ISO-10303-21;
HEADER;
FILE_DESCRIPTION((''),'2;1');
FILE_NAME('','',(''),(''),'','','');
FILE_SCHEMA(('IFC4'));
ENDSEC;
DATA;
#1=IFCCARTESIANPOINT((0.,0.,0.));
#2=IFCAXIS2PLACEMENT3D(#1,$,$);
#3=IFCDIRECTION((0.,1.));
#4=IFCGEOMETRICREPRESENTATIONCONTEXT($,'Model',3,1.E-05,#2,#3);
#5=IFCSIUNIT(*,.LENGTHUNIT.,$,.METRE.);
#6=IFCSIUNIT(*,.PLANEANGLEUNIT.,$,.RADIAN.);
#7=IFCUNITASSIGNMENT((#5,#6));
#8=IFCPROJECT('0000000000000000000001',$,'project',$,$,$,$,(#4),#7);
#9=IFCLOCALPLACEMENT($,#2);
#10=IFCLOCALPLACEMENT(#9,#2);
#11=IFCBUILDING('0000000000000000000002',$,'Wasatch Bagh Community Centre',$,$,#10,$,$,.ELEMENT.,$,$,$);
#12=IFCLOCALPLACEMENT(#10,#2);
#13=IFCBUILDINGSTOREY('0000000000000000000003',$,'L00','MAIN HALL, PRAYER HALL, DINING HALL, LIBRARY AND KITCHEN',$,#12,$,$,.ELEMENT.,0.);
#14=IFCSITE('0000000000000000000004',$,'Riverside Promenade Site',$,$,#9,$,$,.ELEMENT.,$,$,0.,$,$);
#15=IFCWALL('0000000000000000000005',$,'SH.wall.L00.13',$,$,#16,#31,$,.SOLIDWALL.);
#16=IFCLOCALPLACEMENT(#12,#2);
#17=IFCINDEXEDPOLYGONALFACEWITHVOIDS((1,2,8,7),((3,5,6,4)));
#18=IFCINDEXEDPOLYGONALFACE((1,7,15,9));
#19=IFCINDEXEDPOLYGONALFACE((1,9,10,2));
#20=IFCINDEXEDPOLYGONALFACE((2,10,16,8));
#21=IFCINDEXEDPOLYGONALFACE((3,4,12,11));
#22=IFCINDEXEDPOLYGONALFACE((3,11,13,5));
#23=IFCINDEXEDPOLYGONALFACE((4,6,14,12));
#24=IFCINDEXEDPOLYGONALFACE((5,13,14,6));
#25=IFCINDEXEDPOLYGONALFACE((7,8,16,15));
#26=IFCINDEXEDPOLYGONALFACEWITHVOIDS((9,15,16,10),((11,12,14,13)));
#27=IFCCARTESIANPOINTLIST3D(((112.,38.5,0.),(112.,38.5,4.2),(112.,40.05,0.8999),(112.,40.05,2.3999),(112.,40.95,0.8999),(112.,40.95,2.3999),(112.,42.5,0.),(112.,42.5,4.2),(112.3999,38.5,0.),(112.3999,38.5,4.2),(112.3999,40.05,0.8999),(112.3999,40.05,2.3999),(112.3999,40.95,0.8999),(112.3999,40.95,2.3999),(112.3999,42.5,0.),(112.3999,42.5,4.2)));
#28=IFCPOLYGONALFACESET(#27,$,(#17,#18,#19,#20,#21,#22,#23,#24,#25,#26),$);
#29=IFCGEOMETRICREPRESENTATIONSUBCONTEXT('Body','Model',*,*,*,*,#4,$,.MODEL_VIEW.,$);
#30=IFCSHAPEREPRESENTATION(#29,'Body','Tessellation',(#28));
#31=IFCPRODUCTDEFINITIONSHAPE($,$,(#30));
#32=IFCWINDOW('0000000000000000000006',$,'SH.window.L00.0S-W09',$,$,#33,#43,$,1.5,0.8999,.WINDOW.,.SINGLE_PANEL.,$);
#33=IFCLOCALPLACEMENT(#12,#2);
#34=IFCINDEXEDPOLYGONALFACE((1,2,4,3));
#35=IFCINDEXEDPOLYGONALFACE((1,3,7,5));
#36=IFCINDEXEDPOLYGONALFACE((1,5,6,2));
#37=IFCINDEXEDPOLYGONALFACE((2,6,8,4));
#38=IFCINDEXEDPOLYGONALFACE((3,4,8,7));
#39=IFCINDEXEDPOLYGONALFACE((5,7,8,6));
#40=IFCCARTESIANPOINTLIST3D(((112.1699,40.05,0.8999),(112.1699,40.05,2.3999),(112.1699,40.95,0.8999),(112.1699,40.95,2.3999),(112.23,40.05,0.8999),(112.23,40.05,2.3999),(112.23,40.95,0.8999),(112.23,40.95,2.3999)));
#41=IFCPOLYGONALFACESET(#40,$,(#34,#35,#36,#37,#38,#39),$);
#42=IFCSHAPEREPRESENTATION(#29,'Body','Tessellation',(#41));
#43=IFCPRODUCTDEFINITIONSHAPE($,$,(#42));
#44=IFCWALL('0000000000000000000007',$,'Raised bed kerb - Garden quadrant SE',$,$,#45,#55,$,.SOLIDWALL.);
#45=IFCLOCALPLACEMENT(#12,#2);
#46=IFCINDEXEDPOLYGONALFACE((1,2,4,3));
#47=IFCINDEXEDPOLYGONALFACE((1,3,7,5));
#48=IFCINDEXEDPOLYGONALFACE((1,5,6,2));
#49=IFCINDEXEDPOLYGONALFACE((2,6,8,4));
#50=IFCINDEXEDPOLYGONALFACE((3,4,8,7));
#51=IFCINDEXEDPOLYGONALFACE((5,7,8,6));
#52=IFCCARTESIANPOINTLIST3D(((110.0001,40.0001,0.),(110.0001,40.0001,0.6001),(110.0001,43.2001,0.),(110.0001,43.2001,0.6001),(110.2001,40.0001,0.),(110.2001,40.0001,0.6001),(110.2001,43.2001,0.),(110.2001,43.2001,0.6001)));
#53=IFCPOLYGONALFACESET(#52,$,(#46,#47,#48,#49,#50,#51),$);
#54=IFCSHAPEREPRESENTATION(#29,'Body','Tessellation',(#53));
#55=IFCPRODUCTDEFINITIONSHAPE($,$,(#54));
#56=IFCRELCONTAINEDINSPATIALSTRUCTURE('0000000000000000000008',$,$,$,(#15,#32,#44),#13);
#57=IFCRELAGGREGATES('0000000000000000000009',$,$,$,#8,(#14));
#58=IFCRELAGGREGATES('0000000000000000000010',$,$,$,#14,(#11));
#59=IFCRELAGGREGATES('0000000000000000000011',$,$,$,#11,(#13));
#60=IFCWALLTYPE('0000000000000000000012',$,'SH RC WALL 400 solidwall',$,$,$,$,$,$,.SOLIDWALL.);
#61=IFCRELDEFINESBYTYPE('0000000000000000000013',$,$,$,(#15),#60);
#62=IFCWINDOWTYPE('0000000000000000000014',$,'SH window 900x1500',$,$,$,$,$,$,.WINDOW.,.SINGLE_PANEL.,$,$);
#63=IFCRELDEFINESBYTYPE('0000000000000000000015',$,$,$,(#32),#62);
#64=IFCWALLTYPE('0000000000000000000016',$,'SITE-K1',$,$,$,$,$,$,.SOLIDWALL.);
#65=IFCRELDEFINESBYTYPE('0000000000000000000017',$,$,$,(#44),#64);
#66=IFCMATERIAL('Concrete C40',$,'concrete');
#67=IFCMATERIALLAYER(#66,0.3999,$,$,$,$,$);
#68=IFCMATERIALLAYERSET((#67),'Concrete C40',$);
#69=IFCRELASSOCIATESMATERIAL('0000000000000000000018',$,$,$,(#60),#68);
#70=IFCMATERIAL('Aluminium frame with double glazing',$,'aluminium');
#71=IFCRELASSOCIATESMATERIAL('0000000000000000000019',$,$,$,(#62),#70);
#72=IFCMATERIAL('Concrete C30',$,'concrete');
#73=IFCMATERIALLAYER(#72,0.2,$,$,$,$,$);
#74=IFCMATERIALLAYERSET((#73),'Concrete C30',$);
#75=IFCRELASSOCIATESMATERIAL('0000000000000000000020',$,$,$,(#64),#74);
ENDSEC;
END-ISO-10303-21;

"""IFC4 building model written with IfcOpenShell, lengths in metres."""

from ifc_helpers import new_model, si_unit, direction, frame, frame_2d, origin, place, context, subcontext, project, spatial, rectangle, extrude, material, layer, layer_set, type_object, element, fill, save


model = new_model("IFC4")

# Units and contexts
model_context = context("Model", 3, precision=1e-05, world=origin(), true_north=direction((0.0, 1.0)))
body_context = subcontext(model_context, "Body", "Model", "MODEL_VIEW")
ifc_project = project(units=[si_unit("LENGTHUNIT", "METRE"), si_unit("PLANEANGLEUNIT", "RADIAN")], contexts=[model_context])

# Site, building, storey
site_placement = place(None, origin())
site = spatial("IfcSite", under=ifc_project, at=site_placement, Name="Riverside Promenade Site", CompositionType="ELEMENT", RefElevation=0.0)
building_placement = place(site_placement, origin())
building = spatial("IfcBuilding", under=site, at=building_placement, Name="Wasatch Bagh Community Centre", CompositionType="ELEMENT")
storey_placement = place(building_placement, origin())
storey = spatial("IfcBuildingStorey", under=building, at=storey_placement, Name="L00", Description="MAIN HALL, PRAYER HALL, DINING HALL, LIBRARY AND KITCHEN", CompositionType="ELEMENT", Elevation=0.0)

# Shared definitions
ifc_material_1 = material(Name="Concrete C30", Category="concrete")

# Shared definitions
ifc_material_2 = material(Name="Concrete C40", Category="concrete")

# Wall, opening, window
ifc_layer_1 = layer(ifc_material_2, 0.3999)
ifc_layer_set_1 = layer_set([ifc_layer_1], Name="Concrete C40")
wall_type_1 = type_object("IfcWallType", Name="SH RC WALL 400 solidwall", PredefinedType="SOLIDWALL", material=ifc_layer_set_1)
wall_1_placement = place(storey_placement, frame((112.2, 38.5, 0.0), z_axis=(0.0, 0.0, 1.0), x_axis=(0.0, 1.0, 0.0)))
wall_1 = element("IfcWall", 1, at=wall_1_placement, inside=storey, type_object=wall_type_1, Name="SH.wall.L00.13", PredefinedType="SOLIDWALL", context=body_context, shape_type="SweptSolid", body=[
    extrude(rectangle(XDim=4.0, YDim=0.3999, at=frame_2d((2.0, 0.0))), origin(), (0.0, 0.0, 1.0), 4.2),
])
opening_placement = place(wall_1_placement, frame((1.55, 0.0, 0.8999)))
opening = element("IfcOpeningElement", 2, at=opening_placement, cuts=wall_1, PredefinedType="OPENING", context=body_context, shape_type="SweptSolid", body=[
    extrude(rectangle(XDim=0.8999, YDim=1.5, at=frame_2d((0.45, 0.75))), frame((0.0, 0.21, 0.0), z_axis=(0.0, -1.0, 0.0), x_axis=(1.0, 0.0, 0.0)), (0.0, 0.0, 1.0), 0.4199),
])
ifc_material_3 = material(Name="Aluminium frame with double glazing", Category="aluminium")
window_type = type_object("IfcWindowType", Name="SH window 900x1500", PartitioningType="SINGLE_PANEL", PredefinedType="WINDOW", material=ifc_material_3)
window_placement = place(opening_placement, origin())
window = element("IfcWindow", 3, at=window_placement, inside=storey, type_object=window_type, Name="SH.window.L00.0S-W09", OverallHeight=1.5, OverallWidth=0.8999, PartitioningType="SINGLE_PANEL", PredefinedType="WINDOW", context=body_context, shape_type="SweptSolid", body=[
    extrude(rectangle(XDim=0.8999, YDim=1.5, at=frame_2d((0.45, 0.75))), frame((0.0, 0.03, 0.0), z_axis=(0.0, -1.0, 0.0), x_axis=(1.0, 0.0, 0.0)), (0.0, 0.0, 1.0), 0.0601),
])
fill(opening, window)

# Wall
ifc_layer_2 = layer(ifc_material_1, 0.2)
ifc_layer_set_2 = layer_set([ifc_layer_2], Name="Concrete C30")
wall_type_2 = type_object("IfcWallType", Name="SITE-K1", PredefinedType="SOLIDWALL", material=ifc_layer_set_2)
wall_2_placement = place(storey_placement, frame((110.1001, 40.0, 0.0), z_axis=(0.0, 0.0, 1.0), x_axis=(0.0, 1.0, 0.0)))
element("IfcWall", 4, at=wall_2_placement, inside=storey, type_object=wall_type_2, Name="Raised bed kerb - Garden quadrant SE", PredefinedType="SOLIDWALL", context=body_context, shape_type="SweptSolid", body=[
    extrude(rectangle(XDim=3.2, YDim=0.2, at=frame_2d((1.6001, 0.0))), origin(), (0.0, 0.0, 1.0), 0.6001),
])

save(model, "model.ifc")
